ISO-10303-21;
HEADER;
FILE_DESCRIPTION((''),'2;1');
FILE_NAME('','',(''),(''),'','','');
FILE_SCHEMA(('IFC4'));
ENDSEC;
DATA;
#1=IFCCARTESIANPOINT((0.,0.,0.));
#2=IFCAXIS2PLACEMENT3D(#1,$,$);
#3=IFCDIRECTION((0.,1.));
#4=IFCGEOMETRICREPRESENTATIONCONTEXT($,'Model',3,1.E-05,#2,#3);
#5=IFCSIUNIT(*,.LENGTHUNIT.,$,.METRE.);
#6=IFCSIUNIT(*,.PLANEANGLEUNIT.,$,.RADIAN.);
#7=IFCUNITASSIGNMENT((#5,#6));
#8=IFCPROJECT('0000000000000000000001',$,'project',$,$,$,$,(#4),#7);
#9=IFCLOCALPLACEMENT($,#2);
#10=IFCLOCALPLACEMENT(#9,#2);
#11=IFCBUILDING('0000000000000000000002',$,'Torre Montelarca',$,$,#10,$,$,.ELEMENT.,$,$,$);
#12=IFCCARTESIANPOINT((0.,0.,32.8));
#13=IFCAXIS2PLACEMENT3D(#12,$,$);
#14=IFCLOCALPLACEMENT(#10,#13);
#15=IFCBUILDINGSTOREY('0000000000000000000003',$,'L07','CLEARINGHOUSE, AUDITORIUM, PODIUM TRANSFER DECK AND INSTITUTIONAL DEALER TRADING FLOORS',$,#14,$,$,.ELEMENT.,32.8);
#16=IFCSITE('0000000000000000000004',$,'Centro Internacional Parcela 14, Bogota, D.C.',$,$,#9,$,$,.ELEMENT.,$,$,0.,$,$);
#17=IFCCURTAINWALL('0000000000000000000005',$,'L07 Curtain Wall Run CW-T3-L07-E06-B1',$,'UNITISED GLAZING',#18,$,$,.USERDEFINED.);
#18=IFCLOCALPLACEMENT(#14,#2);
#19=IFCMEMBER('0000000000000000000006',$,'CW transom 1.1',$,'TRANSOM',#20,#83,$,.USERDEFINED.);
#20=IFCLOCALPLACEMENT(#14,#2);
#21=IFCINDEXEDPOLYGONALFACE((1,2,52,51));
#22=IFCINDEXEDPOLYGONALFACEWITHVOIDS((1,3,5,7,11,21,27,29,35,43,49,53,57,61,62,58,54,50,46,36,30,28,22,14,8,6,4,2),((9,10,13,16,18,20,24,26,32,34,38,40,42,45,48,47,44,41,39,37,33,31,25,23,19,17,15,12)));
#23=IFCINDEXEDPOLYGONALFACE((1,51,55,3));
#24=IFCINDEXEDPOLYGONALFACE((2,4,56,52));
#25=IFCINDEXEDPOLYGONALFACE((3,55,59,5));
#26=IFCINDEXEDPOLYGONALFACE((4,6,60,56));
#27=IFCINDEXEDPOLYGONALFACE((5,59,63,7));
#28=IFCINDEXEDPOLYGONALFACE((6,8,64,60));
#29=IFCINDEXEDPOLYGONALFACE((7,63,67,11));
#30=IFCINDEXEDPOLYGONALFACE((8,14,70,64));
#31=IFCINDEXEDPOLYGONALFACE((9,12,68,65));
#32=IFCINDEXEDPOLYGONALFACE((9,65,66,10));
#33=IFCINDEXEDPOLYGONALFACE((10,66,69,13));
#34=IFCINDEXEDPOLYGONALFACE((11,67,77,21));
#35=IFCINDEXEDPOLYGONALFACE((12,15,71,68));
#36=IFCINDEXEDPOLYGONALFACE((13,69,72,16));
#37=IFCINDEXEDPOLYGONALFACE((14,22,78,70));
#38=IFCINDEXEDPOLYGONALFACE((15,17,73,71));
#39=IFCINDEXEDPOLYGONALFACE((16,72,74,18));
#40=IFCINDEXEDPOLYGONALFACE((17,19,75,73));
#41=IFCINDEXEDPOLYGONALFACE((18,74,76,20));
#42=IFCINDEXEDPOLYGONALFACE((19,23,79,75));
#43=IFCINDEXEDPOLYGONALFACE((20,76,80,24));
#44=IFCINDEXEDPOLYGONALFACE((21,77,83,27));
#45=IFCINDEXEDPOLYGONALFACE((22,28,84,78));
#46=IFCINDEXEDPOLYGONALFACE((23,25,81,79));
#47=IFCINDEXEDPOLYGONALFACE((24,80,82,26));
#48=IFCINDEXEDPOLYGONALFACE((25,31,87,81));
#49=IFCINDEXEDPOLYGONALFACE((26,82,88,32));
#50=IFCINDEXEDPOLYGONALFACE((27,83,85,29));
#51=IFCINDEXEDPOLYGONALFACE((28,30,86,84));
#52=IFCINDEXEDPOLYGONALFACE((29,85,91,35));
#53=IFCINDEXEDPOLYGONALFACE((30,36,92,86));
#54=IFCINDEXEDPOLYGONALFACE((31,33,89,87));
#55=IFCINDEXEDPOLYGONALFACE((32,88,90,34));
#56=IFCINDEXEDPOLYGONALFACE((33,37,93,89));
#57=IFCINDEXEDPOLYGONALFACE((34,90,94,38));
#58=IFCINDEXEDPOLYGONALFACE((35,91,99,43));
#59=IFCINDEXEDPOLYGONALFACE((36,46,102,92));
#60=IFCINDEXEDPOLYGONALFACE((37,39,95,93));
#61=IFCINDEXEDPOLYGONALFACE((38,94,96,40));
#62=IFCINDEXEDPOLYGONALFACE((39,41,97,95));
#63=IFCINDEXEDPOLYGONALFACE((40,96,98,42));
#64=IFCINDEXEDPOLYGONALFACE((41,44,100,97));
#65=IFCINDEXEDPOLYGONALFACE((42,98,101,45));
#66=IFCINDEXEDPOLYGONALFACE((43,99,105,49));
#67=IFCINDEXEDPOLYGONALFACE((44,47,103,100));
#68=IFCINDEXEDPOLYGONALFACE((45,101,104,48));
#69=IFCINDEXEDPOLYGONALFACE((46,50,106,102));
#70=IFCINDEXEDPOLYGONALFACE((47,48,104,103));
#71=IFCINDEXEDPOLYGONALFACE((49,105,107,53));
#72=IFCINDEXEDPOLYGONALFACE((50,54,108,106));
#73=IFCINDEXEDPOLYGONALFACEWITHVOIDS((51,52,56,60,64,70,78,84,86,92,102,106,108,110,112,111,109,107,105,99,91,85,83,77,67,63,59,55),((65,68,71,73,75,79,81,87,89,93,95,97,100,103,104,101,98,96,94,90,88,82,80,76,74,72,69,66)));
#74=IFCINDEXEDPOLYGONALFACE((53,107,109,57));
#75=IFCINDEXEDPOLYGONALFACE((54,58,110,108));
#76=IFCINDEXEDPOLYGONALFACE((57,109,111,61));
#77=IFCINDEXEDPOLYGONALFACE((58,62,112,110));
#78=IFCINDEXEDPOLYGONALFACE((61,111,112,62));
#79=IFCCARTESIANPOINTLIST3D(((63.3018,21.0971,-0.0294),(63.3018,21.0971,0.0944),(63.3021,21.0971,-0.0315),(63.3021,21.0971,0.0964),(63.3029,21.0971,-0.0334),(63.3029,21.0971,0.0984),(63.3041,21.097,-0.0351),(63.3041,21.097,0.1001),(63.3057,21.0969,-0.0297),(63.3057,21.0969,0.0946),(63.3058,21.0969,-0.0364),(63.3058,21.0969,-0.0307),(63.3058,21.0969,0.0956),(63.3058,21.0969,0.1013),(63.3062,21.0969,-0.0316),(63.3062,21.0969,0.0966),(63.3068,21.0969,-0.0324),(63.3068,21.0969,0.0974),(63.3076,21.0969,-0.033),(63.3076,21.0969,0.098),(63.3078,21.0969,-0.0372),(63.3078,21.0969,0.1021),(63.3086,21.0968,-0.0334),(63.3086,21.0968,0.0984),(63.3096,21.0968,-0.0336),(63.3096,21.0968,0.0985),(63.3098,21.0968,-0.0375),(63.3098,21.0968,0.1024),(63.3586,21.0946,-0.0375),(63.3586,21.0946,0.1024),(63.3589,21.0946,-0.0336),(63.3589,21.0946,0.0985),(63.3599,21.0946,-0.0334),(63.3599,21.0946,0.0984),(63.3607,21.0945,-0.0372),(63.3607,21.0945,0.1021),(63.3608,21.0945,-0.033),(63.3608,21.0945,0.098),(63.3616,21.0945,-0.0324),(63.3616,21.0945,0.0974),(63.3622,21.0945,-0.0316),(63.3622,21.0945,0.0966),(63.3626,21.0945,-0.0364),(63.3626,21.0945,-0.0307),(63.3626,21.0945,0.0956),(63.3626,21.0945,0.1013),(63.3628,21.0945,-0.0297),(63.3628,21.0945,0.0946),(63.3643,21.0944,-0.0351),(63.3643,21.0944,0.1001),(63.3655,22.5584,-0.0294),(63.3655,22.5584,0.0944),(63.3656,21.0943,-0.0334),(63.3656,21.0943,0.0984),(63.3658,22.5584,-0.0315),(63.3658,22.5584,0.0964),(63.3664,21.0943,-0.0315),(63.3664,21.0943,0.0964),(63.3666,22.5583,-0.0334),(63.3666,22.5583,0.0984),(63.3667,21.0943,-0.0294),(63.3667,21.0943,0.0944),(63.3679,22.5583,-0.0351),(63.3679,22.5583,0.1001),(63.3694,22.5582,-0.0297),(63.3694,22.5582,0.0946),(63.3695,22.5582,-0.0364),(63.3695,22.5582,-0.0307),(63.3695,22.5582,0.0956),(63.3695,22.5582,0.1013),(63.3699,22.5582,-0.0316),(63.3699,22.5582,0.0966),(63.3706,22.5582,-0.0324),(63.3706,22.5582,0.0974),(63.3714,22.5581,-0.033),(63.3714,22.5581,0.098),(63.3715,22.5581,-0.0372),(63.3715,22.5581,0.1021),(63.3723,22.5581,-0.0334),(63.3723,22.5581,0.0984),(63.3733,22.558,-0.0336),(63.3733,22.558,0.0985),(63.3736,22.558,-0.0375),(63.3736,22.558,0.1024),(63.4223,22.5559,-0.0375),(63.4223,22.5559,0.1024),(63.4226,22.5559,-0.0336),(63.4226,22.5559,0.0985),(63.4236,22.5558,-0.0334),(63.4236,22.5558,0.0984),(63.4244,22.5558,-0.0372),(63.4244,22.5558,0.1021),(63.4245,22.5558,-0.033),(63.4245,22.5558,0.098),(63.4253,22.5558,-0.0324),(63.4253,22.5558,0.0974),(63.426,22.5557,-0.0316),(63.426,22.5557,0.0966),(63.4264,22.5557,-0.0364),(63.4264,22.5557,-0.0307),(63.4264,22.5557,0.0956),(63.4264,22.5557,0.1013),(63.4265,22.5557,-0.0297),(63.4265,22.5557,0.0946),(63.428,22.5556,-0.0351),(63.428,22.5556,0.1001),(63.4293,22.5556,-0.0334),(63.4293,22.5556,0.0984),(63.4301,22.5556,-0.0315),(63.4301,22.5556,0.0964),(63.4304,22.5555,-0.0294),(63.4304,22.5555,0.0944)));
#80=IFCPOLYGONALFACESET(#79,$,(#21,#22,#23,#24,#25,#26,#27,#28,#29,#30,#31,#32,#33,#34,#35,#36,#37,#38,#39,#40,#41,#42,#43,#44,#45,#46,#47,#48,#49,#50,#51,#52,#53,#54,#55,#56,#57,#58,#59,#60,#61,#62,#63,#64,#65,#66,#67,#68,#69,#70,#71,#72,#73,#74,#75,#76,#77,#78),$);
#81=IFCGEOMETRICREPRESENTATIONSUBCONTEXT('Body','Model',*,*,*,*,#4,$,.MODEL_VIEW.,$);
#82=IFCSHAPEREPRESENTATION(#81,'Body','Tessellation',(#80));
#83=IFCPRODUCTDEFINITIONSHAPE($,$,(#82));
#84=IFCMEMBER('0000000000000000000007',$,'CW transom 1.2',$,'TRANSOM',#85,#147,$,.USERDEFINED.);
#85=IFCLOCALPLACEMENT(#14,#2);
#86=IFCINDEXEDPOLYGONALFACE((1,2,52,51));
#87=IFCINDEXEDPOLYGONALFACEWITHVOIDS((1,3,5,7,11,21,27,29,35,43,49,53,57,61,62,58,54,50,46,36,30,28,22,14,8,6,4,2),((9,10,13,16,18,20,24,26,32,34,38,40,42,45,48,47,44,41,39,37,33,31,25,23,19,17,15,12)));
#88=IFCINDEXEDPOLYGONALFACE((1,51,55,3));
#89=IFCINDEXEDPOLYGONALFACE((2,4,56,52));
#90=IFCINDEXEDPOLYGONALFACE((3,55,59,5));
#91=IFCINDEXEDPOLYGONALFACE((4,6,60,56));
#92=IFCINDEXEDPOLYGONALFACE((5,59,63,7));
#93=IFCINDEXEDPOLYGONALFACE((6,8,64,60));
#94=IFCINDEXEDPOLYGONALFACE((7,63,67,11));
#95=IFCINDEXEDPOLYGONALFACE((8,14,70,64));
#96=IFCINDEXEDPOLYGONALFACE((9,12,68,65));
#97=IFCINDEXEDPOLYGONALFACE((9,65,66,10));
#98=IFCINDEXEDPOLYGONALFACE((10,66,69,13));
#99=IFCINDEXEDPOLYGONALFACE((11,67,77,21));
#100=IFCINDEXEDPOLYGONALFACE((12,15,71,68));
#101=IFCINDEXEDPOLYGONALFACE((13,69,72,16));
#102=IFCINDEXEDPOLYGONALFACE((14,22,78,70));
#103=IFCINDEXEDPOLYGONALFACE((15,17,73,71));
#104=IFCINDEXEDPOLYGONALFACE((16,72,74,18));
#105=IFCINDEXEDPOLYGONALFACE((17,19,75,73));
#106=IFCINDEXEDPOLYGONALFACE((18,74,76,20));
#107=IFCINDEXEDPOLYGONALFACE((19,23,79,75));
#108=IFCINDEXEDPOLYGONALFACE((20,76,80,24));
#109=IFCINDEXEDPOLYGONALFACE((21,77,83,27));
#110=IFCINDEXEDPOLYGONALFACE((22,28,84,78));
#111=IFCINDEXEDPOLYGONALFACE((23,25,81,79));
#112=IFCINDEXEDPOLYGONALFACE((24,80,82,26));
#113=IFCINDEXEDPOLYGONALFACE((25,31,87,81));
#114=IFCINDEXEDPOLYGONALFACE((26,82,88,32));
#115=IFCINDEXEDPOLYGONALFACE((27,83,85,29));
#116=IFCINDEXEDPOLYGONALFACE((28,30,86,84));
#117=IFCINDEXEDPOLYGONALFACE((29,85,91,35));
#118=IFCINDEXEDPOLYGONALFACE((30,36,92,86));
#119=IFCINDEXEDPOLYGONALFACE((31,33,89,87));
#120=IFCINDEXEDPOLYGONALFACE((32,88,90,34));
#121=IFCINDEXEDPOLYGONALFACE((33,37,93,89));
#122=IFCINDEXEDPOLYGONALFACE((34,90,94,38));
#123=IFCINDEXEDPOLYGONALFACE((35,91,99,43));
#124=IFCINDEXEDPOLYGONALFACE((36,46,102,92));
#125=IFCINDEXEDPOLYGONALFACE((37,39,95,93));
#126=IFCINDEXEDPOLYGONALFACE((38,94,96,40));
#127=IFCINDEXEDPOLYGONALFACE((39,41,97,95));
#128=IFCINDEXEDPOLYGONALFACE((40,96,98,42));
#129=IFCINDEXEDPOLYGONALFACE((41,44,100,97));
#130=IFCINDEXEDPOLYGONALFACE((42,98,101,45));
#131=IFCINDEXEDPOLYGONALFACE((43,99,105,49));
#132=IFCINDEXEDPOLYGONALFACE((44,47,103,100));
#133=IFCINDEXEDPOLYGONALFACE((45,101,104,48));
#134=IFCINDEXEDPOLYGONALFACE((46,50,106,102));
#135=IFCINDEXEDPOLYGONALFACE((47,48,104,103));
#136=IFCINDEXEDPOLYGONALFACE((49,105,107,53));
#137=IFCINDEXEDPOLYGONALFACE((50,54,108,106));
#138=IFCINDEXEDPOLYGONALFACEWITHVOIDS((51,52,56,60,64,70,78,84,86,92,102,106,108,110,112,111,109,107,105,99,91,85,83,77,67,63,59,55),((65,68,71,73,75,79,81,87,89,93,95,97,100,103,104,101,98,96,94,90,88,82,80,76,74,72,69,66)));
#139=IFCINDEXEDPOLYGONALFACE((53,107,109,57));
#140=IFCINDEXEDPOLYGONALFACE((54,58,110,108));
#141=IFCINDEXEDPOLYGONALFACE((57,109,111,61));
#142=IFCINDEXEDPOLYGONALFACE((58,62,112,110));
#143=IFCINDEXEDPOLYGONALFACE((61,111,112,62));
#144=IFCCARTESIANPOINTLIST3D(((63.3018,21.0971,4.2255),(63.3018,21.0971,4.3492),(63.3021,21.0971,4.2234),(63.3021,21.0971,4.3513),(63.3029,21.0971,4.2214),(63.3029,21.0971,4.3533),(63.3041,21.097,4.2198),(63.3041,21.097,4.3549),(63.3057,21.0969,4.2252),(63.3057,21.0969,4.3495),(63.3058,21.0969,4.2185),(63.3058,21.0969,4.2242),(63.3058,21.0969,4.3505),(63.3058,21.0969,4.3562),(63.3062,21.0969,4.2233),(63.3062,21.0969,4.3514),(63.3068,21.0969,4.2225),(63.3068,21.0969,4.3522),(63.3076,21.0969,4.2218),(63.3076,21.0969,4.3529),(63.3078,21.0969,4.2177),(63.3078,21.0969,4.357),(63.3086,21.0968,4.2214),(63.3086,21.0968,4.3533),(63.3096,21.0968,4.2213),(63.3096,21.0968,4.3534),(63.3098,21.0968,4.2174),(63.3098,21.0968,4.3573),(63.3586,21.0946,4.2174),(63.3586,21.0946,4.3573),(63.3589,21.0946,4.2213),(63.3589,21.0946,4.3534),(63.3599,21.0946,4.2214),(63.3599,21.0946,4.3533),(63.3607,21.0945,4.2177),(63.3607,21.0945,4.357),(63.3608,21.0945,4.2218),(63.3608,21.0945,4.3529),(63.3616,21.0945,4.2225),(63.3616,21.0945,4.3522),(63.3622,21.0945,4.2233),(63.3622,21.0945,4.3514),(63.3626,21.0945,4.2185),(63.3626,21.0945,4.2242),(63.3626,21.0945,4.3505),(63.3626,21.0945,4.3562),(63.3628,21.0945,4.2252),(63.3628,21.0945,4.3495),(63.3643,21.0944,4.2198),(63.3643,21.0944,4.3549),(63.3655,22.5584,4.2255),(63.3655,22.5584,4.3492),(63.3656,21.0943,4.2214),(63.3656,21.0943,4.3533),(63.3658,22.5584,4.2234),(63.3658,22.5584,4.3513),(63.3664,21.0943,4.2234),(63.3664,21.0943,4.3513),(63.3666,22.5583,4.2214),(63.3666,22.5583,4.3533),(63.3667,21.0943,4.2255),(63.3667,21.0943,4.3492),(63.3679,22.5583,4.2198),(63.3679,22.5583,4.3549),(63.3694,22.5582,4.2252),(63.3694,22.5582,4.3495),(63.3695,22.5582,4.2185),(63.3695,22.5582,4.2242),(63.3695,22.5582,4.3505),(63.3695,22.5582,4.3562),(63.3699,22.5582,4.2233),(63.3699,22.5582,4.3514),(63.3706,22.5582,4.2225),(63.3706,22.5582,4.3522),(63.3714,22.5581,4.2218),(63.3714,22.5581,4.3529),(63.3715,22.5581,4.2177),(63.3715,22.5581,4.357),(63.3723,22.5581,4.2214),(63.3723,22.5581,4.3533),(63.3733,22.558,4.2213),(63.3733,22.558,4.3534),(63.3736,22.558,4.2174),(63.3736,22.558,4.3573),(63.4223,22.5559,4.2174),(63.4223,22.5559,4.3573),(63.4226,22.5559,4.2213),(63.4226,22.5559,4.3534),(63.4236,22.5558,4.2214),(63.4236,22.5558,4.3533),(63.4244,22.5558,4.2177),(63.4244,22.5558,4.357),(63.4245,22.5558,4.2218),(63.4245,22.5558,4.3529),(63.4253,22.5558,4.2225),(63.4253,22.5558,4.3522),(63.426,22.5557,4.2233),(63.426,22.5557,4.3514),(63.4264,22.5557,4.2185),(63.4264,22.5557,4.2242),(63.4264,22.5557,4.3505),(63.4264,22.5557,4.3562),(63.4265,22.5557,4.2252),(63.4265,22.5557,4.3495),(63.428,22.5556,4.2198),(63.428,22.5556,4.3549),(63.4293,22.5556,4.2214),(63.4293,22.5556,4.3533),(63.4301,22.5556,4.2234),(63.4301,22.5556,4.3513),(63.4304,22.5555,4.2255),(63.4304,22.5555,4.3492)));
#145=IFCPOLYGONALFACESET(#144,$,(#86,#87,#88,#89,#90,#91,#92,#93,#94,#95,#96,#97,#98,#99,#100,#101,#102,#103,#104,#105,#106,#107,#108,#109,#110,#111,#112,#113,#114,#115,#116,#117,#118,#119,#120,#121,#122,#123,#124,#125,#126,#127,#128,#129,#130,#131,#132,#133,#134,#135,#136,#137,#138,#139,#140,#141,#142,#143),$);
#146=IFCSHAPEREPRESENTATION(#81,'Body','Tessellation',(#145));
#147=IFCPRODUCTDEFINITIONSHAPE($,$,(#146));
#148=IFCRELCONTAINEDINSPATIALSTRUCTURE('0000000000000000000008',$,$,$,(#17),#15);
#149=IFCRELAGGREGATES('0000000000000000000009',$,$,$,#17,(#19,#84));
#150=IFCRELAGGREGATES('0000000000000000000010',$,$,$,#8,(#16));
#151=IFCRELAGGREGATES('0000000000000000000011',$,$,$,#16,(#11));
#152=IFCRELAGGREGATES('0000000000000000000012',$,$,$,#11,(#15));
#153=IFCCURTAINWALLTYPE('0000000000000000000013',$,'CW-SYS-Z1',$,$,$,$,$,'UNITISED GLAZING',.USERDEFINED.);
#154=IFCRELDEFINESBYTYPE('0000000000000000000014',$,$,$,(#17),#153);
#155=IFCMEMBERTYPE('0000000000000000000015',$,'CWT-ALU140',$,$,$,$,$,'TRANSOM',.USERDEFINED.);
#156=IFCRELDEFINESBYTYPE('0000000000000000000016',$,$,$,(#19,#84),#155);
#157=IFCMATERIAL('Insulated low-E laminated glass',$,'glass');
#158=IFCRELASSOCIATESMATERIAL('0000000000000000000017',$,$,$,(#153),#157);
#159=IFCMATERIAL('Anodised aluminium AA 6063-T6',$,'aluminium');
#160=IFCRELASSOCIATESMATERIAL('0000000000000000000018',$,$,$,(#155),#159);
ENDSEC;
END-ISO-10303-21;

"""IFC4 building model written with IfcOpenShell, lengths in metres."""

from ifc_helpers import new_model, si_unit, direction, frame, origin, origin_2d, place, context, subcontext, project, spatial, hollow_rectangle, extrude, source, transform, mapped, material, material_profile, profile_set, type_object, element, aggregate, save


model = new_model("IFC4")

# Units and contexts
model_context = context("Model", 3, precision=1e-05, world=origin(), true_north=direction((0.0, 1.0)))
body_context = subcontext(model_context, "Body", "Model", "MODEL_VIEW")
ifc_project = project(units=[si_unit("LENGTHUNIT", "METRE"), si_unit("PLANEANGLEUNIT", "RADIAN")], contexts=[model_context])

# Site, building, storey
site_placement = place(None, origin())
site = spatial("IfcSite", under=ifc_project, at=site_placement, Name="Centro Internacional Parcela 14, Bogota, D.C.", CompositionType="ELEMENT", RefElevation=0.0)
building_placement = place(site_placement, origin())
building = spatial("IfcBuilding", under=site, at=building_placement, Name="Torre Montelarca", CompositionType="ELEMENT")
storey_placement = place(building_placement, frame((0.0, 0.0, 32.8)))
storey = spatial("IfcBuildingStorey", under=building, at=storey_placement, Name="L07", Description="CLEARINGHOUSE, AUDITORIUM, PODIUM TRANSFER DECK AND INSTITUTIONAL DEALER TRADING FLOORS", CompositionType="ELEMENT", Elevation=32.8)

# Shared definitions
ifc_material_1 = material(Name="Insulated low-E laminated glass", Category="glass")
curtain_wall_type = type_object("IfcCurtainWallType", Name="CW-SYS-Z1", ElementType="UNITISED GLAZING", PredefinedType="USERDEFINED", material=ifc_material_1)
ifc_material_2 = material(Name="Anodised aluminium AA 6063-T6", Category="aluminium")

# Curtain wall
curtain_wall_1_placement = place(storey_placement, origin())
curtain_wall_1 = element("IfcCurtainWall", 1, at=curtain_wall_1_placement, inside=storey, type_object=curtain_wall_type, Name="L07 Curtain Wall Run CW-T3-L07-E06-B1", ObjectType="UNITISED GLAZING", PredefinedType="USERDEFINED")

# Members
ifc_material_profile_1 = material_profile(ifc_material_2, hollow_rectangle(XDim=0.0649, YDim=0.1399, WallThickness=0.0039, InnerFilletRadius=0.0039, OuterFilletRadius=0.0081, at=origin_2d()), Name="ALU65X140X4", Category="aluminium")
ifc_profile_set_1 = profile_set([ifc_material_profile_1], Name="Anodised aluminium AA 6063-T6")
member_type_1 = type_object("IfcMemberType", Name="CWT-ALU140", ElementType="TRANSOM", PredefinedType="USERDEFINED", material=ifc_profile_set_1)
shared_shape_1 = source(origin(), body_context, "Body", "SweptSolid", [
    extrude(hollow_rectangle(XDim=0.0649, YDim=0.1399, WallThickness=0.0039, InnerFilletRadius=0.0039, OuterFilletRadius=0.0081, at=origin_2d()), origin(), (0.0, 0.0, 1.0), 1.4626),
])
member_1_placement = place(storey_placement, frame((63.3342, 21.0957, 0.0325), z_axis=(0.043568, 0.99905, 0.0), x_axis=(-0.99905, 0.043568, 0.0)))
member_1 = element("IfcMember", 2, at=member_1_placement, type_object=member_type_1, Name="CW transom 1.1", ObjectType="TRANSOM", PredefinedType="USERDEFINED", context=body_context, shape_type="MappedRepresentation", body=[
    mapped(shared_shape_1, transform((0.0, 0.0, 0.0), scale=1.0)),
])
member_2_placement = place(storey_placement, frame((63.3342, 21.0957, 4.2874), z_axis=(0.043568, 0.99905, 0.0), x_axis=(-0.99905, 0.043568, 0.0)))
member_2 = element("IfcMember", 3, at=member_2_placement, type_object=member_type_1, Name="CW transom 1.2", ObjectType="TRANSOM", PredefinedType="USERDEFINED", context=body_context, shape_type="MappedRepresentation", body=[
    mapped(shared_shape_1, transform((0.0, 0.0, 0.0), scale=1.0)),
])

aggregate(curtain_wall_1, [member_1, member_2])

save(model, "model.ifc")
